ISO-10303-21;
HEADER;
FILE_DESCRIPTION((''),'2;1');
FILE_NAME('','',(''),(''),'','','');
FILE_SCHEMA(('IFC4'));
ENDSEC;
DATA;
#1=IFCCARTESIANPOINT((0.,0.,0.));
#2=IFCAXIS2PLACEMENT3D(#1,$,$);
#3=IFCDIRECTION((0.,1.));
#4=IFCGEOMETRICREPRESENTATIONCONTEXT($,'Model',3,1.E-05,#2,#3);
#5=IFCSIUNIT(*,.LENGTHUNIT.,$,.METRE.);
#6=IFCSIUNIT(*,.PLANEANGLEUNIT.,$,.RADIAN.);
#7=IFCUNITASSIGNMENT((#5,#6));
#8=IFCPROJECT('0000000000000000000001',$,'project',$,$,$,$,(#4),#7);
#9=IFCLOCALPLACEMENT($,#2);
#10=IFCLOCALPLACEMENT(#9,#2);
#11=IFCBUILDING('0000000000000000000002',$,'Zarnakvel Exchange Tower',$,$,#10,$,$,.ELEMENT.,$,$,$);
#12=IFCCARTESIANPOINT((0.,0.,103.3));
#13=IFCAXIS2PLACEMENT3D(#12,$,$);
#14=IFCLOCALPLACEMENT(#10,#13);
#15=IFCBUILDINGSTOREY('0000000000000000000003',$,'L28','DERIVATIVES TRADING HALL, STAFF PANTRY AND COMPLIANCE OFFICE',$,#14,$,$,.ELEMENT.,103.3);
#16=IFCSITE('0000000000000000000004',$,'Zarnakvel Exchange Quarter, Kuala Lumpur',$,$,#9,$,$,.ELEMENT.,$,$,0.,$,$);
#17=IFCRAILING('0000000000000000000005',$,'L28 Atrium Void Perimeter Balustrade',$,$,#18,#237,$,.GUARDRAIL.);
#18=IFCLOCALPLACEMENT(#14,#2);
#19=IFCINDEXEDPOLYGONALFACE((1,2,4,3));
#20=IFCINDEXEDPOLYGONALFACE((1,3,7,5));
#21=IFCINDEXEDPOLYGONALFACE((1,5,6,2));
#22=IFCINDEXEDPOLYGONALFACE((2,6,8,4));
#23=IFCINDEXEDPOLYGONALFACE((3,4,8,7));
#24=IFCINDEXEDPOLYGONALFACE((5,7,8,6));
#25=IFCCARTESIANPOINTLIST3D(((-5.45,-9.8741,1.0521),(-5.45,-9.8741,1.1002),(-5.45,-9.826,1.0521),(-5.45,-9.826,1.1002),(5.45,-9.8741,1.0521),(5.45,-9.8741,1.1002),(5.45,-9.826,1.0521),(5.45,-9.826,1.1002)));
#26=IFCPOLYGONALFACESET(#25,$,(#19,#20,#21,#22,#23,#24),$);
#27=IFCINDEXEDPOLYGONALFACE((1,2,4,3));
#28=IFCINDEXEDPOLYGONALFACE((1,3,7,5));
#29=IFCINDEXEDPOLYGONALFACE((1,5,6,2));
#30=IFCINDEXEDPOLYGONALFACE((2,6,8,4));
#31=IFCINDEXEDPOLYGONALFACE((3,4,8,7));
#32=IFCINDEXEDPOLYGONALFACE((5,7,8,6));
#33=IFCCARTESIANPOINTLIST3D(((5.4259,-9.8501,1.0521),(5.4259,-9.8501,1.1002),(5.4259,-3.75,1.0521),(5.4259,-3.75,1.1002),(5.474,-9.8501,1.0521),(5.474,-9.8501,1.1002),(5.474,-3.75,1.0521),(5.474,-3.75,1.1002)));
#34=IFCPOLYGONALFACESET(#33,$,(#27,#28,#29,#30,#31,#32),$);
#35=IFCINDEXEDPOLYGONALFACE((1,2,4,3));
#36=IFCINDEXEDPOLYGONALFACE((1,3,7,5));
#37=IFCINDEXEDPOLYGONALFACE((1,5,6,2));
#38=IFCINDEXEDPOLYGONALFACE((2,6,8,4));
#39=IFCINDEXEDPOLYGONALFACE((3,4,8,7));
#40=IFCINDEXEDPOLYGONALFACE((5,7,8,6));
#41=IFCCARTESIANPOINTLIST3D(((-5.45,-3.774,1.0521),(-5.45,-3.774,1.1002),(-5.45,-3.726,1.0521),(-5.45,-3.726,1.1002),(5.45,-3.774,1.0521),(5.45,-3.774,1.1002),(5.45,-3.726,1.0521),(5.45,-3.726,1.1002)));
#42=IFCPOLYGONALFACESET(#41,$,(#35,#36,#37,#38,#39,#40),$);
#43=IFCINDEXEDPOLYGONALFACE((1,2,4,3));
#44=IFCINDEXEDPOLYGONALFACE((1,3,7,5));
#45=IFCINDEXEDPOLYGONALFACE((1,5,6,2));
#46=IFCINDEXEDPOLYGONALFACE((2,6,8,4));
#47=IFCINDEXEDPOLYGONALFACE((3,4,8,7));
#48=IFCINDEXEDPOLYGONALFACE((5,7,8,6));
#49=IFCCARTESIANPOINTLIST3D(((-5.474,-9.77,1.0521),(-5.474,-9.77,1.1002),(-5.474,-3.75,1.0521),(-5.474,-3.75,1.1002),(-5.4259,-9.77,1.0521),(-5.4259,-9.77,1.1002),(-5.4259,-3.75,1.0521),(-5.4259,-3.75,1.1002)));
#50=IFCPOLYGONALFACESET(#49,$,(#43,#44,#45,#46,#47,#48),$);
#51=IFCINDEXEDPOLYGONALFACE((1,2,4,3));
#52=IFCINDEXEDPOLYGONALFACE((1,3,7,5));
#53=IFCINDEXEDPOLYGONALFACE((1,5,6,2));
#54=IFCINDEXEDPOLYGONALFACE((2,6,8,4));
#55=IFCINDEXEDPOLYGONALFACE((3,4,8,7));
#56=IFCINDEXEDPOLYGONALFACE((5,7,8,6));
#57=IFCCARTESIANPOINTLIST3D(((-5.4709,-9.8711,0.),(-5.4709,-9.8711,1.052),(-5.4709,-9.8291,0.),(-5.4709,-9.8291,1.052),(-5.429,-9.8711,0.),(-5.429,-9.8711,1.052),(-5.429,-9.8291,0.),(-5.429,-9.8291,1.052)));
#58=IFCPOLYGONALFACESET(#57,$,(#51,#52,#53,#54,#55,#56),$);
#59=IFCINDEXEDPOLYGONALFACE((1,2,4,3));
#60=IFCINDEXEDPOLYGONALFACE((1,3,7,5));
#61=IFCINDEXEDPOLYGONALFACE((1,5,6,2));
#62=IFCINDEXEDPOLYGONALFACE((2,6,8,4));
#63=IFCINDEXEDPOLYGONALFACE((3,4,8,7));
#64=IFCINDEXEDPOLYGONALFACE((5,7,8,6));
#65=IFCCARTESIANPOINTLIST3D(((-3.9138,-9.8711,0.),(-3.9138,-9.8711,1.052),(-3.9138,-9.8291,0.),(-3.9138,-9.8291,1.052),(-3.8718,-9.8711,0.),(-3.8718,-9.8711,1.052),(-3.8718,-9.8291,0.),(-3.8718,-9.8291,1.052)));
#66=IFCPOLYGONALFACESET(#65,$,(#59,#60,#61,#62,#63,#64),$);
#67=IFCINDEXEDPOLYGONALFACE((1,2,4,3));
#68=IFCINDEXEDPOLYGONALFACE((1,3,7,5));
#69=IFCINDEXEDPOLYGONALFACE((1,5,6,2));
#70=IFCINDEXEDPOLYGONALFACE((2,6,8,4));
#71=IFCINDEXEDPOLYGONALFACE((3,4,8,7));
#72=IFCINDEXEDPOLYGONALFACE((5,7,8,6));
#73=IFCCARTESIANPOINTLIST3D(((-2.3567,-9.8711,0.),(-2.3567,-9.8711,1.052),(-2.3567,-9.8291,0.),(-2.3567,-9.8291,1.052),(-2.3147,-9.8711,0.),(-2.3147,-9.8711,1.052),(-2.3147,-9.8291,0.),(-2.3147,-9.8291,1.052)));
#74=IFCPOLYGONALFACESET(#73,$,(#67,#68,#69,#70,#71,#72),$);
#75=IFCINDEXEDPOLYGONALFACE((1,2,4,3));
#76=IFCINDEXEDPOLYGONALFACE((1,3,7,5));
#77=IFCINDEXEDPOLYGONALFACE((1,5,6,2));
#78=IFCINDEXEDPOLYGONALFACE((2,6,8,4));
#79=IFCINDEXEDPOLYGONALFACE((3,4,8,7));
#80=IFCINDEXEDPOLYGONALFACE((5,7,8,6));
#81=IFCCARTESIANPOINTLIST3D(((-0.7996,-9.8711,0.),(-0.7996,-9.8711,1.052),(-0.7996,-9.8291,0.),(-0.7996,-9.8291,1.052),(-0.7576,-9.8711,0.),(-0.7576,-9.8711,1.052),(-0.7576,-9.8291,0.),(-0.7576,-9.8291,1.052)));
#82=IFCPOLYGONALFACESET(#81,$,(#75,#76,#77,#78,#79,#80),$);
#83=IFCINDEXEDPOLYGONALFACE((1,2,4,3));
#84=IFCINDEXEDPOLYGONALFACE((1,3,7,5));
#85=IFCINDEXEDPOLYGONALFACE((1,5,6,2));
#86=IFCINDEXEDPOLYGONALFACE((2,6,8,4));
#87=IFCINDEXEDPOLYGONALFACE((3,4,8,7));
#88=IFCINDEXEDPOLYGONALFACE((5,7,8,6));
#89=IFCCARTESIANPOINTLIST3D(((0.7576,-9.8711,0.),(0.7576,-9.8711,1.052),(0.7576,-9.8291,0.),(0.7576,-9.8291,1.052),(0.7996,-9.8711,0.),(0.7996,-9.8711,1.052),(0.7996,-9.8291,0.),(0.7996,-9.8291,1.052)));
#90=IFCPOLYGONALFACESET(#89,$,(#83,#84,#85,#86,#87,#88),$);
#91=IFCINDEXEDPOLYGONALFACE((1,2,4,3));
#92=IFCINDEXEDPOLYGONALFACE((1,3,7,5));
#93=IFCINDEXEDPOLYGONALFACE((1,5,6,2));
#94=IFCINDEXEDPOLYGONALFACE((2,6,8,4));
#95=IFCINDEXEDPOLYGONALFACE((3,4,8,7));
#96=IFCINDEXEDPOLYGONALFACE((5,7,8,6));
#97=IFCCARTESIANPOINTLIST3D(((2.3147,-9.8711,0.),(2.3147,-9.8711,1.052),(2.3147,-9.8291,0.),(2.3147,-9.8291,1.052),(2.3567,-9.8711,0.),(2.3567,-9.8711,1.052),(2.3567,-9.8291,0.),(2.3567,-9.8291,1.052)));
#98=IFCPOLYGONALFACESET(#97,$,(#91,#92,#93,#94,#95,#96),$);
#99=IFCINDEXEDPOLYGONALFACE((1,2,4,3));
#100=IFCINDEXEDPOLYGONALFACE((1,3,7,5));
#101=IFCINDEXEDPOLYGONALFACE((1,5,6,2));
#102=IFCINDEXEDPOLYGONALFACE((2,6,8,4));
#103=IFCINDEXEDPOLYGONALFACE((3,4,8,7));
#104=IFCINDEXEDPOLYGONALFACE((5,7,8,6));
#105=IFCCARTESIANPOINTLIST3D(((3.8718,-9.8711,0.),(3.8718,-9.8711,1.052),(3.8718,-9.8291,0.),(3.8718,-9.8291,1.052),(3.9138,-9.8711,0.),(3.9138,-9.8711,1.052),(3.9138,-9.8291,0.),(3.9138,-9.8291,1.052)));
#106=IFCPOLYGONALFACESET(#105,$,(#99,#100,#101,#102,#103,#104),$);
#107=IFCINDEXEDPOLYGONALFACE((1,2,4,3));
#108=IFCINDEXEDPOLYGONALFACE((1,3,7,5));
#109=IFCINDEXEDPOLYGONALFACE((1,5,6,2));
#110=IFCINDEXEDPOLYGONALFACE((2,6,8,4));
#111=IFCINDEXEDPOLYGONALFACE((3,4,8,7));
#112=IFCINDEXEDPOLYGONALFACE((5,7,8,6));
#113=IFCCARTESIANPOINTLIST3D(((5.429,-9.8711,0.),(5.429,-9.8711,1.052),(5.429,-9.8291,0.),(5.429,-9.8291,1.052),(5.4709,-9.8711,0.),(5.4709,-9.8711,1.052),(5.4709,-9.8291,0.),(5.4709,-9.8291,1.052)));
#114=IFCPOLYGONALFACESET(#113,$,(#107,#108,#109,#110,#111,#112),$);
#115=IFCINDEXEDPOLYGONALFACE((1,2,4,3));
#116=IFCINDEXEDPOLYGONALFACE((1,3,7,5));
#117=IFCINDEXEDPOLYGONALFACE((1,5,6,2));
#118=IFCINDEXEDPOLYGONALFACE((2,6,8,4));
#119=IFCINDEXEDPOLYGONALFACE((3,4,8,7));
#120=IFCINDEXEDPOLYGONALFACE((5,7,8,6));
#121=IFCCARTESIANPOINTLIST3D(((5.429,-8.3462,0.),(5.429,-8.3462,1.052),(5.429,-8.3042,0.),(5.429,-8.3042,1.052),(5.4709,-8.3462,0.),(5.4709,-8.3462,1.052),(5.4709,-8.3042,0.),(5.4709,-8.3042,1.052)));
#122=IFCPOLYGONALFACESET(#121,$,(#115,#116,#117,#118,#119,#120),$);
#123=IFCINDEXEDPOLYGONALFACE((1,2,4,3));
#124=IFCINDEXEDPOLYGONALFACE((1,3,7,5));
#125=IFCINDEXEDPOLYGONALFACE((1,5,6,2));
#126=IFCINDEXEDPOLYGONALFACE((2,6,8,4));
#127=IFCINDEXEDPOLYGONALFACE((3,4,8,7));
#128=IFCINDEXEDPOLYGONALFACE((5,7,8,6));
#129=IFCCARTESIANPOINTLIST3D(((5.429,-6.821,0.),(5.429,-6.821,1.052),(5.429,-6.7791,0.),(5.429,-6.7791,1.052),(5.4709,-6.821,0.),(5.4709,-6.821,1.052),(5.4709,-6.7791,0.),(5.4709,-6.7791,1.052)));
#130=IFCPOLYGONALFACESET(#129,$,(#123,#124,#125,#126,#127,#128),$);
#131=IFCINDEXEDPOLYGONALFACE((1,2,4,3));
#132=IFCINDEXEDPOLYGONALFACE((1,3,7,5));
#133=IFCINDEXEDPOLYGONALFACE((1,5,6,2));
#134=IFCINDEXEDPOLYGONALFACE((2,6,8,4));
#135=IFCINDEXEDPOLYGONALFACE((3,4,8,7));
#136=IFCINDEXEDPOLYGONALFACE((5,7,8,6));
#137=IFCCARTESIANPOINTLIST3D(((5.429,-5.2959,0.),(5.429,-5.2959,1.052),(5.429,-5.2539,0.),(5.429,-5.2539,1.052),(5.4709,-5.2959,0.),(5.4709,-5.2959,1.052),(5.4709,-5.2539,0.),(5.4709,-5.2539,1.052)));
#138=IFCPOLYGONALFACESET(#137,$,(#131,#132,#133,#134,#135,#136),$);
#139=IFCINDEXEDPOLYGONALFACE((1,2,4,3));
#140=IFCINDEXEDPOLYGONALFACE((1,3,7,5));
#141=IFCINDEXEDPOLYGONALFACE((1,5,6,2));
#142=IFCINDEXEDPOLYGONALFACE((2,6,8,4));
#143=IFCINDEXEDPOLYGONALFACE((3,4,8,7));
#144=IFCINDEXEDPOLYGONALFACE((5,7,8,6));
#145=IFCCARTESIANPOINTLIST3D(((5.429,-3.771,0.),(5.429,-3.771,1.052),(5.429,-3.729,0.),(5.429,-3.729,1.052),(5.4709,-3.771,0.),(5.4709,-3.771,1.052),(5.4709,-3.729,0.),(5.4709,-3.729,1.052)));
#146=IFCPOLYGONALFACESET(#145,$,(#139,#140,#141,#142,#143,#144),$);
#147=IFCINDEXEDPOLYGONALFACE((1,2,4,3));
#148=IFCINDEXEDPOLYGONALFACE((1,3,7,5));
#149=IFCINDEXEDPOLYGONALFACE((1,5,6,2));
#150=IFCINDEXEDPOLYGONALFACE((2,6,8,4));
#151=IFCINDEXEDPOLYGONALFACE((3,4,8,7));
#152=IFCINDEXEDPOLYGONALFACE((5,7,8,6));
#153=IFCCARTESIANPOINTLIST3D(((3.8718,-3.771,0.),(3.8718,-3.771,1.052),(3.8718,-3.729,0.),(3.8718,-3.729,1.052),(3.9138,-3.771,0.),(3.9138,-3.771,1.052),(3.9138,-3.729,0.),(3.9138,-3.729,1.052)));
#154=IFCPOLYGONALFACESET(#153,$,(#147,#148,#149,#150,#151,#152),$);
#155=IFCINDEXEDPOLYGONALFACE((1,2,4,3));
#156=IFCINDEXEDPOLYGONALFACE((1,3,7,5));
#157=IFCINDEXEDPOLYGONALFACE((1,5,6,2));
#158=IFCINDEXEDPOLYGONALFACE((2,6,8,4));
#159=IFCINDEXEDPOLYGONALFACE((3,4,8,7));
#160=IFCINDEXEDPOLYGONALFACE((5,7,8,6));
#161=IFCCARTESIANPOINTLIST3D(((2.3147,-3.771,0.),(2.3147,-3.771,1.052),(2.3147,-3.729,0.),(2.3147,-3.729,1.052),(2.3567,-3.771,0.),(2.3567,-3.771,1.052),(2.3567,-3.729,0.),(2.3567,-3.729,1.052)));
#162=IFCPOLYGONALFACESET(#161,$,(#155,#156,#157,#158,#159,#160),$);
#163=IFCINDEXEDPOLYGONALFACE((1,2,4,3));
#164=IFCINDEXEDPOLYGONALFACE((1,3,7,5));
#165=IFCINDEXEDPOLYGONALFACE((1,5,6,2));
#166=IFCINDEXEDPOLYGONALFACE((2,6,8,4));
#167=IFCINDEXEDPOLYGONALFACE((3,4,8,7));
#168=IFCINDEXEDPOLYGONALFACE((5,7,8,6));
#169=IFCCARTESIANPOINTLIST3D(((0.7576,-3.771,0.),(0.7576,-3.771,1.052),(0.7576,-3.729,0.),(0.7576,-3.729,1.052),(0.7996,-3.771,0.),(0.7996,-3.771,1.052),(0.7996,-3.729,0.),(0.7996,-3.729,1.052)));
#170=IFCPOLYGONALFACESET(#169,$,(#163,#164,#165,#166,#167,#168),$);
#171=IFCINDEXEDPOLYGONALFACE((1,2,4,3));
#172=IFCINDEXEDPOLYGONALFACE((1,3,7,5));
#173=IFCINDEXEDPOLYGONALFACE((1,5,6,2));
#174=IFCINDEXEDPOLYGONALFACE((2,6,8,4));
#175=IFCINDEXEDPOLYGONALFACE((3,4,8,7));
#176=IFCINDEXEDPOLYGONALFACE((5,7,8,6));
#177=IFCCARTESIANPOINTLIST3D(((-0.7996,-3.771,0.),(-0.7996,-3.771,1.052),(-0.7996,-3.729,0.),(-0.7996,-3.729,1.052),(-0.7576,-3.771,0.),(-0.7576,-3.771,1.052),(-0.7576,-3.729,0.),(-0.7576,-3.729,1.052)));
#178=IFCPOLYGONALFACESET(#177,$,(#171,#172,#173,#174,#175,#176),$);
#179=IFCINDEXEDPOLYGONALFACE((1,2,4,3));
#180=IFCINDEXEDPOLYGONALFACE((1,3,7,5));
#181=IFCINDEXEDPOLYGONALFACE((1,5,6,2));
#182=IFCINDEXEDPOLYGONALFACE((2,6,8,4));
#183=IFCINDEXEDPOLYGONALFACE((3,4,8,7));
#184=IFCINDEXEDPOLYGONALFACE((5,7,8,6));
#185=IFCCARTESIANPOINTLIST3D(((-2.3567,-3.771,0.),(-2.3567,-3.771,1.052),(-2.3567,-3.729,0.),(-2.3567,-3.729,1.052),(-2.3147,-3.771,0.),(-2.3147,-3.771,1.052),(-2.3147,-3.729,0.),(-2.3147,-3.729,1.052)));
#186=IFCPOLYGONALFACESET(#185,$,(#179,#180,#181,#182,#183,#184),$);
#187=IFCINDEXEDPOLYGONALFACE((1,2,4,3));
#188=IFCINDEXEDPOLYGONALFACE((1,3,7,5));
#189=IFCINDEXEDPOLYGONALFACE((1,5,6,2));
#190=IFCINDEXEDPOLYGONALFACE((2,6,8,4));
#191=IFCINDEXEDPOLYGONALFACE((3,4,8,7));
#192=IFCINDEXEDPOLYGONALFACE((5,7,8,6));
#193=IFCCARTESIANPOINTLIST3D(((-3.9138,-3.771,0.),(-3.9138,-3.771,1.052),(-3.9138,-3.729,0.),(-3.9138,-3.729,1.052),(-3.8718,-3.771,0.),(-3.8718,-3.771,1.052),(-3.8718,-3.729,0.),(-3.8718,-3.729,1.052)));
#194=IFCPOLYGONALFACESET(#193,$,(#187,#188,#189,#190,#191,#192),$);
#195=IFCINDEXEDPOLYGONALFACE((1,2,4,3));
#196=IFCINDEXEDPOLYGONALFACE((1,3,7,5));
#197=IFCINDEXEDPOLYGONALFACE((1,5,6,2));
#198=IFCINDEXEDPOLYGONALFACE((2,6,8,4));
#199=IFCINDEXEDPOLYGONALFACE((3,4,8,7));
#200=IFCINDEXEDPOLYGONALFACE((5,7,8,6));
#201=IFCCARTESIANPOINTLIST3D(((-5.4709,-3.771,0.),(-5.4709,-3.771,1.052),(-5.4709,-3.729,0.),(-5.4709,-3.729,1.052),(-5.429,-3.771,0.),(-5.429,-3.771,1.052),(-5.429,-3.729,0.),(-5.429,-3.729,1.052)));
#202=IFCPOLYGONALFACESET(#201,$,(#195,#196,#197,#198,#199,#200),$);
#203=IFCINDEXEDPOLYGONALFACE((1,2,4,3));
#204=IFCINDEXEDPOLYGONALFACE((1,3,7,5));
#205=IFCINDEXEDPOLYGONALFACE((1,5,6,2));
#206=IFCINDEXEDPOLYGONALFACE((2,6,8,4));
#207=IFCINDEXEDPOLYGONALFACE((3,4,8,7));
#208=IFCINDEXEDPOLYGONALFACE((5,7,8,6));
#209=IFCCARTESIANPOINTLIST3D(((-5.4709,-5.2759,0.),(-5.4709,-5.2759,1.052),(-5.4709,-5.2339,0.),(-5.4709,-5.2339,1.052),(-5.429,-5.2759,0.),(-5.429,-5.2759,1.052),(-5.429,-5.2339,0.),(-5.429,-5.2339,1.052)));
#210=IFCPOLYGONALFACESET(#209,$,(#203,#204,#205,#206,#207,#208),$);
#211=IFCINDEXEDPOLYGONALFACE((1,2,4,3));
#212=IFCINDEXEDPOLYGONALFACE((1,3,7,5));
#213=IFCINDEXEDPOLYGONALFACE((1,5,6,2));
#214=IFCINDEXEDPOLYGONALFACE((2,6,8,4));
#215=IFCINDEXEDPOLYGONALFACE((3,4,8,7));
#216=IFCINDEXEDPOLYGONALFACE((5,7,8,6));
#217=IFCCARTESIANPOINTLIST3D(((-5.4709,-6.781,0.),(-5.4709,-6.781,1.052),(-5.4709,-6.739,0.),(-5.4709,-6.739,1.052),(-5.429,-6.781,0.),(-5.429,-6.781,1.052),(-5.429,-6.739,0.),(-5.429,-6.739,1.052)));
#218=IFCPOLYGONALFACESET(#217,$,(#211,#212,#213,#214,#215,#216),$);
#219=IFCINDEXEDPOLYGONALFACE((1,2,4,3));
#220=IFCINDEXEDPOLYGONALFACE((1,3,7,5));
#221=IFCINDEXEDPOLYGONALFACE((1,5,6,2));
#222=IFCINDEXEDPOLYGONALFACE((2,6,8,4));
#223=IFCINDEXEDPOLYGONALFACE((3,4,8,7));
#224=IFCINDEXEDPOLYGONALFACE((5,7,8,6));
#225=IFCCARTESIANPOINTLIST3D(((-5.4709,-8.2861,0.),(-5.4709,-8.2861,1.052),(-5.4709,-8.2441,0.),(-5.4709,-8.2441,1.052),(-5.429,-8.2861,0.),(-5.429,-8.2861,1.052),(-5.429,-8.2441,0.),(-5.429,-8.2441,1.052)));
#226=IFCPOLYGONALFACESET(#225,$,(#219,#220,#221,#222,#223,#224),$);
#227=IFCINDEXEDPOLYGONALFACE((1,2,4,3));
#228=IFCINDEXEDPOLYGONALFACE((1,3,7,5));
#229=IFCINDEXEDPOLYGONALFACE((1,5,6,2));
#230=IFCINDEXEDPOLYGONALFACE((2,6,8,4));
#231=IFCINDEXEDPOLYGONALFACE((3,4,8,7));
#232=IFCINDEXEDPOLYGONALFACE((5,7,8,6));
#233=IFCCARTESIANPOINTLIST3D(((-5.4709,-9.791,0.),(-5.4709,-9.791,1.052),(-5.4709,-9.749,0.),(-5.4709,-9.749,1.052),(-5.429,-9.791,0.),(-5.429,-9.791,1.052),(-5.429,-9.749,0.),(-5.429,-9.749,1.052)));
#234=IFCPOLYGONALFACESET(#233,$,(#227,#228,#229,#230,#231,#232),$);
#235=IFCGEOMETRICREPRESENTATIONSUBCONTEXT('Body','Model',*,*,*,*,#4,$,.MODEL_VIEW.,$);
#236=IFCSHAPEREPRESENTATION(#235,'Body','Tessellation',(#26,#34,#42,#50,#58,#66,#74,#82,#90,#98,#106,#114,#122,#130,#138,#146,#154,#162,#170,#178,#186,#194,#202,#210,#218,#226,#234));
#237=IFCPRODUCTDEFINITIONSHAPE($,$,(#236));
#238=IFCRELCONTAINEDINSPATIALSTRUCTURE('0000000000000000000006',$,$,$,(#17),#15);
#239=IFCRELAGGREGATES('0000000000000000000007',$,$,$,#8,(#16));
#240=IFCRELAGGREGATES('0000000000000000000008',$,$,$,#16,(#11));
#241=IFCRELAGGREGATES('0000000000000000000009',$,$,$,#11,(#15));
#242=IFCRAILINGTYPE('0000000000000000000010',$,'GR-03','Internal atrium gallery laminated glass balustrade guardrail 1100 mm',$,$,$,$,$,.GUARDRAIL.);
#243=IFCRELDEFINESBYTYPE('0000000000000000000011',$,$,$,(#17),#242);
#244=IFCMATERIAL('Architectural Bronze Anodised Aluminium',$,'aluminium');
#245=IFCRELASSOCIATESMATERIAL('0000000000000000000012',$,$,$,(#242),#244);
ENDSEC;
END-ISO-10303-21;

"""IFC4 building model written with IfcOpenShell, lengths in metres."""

from ifc_helpers import new_model, si_unit, direction, frame, origin, origin_2d, place, context, subcontext, project, spatial, rectangle, extrude, material, type_object, element, save


model = new_model("IFC4")

# Units and contexts
model_context = context("Model", 3, precision=1e-05, world=origin(), true_north=direction((0.0, 1.0)))
body_context = subcontext(model_context, "Body", "Model", "MODEL_VIEW")
ifc_project = project(units=[si_unit("LENGTHUNIT", "METRE"), si_unit("PLANEANGLEUNIT", "RADIAN")], contexts=[model_context])

# Site, building, storey
site_placement = place(None, origin())
site = spatial("IfcSite", under=ifc_project, at=site_placement, Name="Zarnakvel Exchange Quarter, Kuala Lumpur", CompositionType="ELEMENT", RefElevation=0.0)
building_placement = place(site_placement, origin())
building = spatial("IfcBuilding", under=site, at=building_placement, Name="Zarnakvel Exchange Tower", CompositionType="ELEMENT")
storey_placement = place(building_placement, frame((0.0, 0.0, 103.3)))
storey = spatial("IfcBuildingStorey", under=building, at=storey_placement, Name="L28", Description="DERIVATIVES TRADING HALL, STAFF PANTRY AND COMPLIANCE OFFICE", CompositionType="ELEMENT", Elevation=103.3)

# Railing
ifc_material_1 = material(Name="Architectural Bronze Anodised Aluminium", Category="aluminium")
railing_type = type_object("IfcRailingType", Name="GR-03", Description="Internal atrium gallery laminated glass balustrade guardrail 1100 mm", PredefinedType="GUARDRAIL", material=ifc_material_1)
railing_placement = place(storey_placement, frame((-5.45, -9.8501, 0.0)))
element("IfcRailing", 1, at=railing_placement, inside=storey, type_object=railing_type, Name="L28 Atrium Void Perimeter Balustrade", PredefinedType="GUARDRAIL", context=body_context, shape_type="SweptSolid", body=[
    extrude(rectangle(XDim=0.0481, YDim=0.0481, at=origin_2d()), frame((0.0, 0.0, 1.0762), z_axis=(1.0, 0.0, 0.0), x_axis=(0.0, 1.0, 0.0)), (0.0, 0.0, 1.0), 10.8999),
    extrude(rectangle(XDim=0.0481, YDim=0.0481, at=origin_2d()), frame((10.8999, 0.0, 1.0762), z_axis=(0.0, 1.0, 0.0), x_axis=(-1.0, 0.0, 0.0)), (0.0, 0.0, 1.0), 6.1001),
    extrude(rectangle(XDim=0.0481, YDim=0.0481, at=origin_2d()), frame((10.8999, 6.1001, 1.0762), z_axis=(-1.0, 0.0, 0.0), x_axis=(0.0, -1.0, 0.0)), (0.0, 0.0, 1.0), 10.8999),
    extrude(rectangle(XDim=0.0481, YDim=0.0481, at=origin_2d()), frame((0.0, 6.1001, 1.0762), z_axis=(0.0, -1.0, 0.0), x_axis=(1.0, 0.0, 0.0)), (0.0, 0.0, 1.0), 6.02),
    extrude(rectangle(XDim=0.042, YDim=0.042, at=origin_2d()), origin(), (0.0, 0.0, 1.0), 1.052),
    extrude(rectangle(XDim=0.042, YDim=0.042, at=origin_2d()), frame((1.5571, 0.0, 0.0)), (0.0, 0.0, 1.0), 1.052),
    extrude(rectangle(XDim=0.042, YDim=0.042, at=origin_2d()), frame((3.1143, 0.0, 0.0)), (0.0, 0.0, 1.0), 1.052),
    extrude(rectangle(XDim=0.042, YDim=0.042, at=origin_2d()), frame((4.6714, 0.0, 0.0)), (0.0, 0.0, 1.0), 1.052),
    extrude(rectangle(XDim=0.042, YDim=0.042, at=origin_2d()), frame((6.2285, 0.0, 0.0)), (0.0, 0.0, 1.0), 1.052),
    extrude(rectangle(XDim=0.042, YDim=0.042, at=origin_2d()), frame((7.7856, 0.0, 0.0)), (0.0, 0.0, 1.0), 1.052),
    extrude(rectangle(XDim=0.042, YDim=0.042, at=origin_2d()), frame((9.3428, 0.0, 0.0)), (0.0, 0.0, 1.0), 1.052),
    extrude(rectangle(XDim=0.042, YDim=0.042, at=origin_2d()), frame((10.8999, 0.0, 0.0)), (0.0, 0.0, 1.0), 1.052),
    extrude(rectangle(XDim=0.042, YDim=0.042, at=origin_2d()), frame((10.8999, 1.5249, 0.0)), (0.0, 0.0, 1.0), 1.052),
    extrude(rectangle(XDim=0.042, YDim=0.042, at=origin_2d()), frame((10.8999, 3.05, 0.0)), (0.0, 0.0, 1.0), 1.052),
    extrude(rectangle(XDim=0.042, YDim=0.042, at=origin_2d()), frame((10.8999, 4.5752, 0.0)), (0.0, 0.0, 1.0), 1.052),
    extrude(rectangle(XDim=0.042, YDim=0.042, at=origin_2d()), frame((10.8999, 6.1001, 0.0)), (0.0, 0.0, 1.0), 1.052),
    extrude(rectangle(XDim=0.042, YDim=0.042, at=origin_2d()), frame((9.3428, 6.1001, 0.0)), (0.0, 0.0, 1.0), 1.052),
    extrude(rectangle(XDim=0.042, YDim=0.042, at=origin_2d()), frame((7.7856, 6.1001, 0.0)), (0.0, 0.0, 1.0), 1.052),
    extrude(rectangle(XDim=0.042, YDim=0.042, at=origin_2d()), frame((6.2285, 6.1001, 0.0)), (0.0, 0.0, 1.0), 1.052),
    extrude(rectangle(XDim=0.042, YDim=0.042, at=origin_2d()), frame((4.6714, 6.1001, 0.0)), (0.0, 0.0, 1.0), 1.052),
    extrude(rectangle(XDim=0.042, YDim=0.042, at=origin_2d()), frame((3.1143, 6.1001, 0.0)), (0.0, 0.0, 1.0), 1.052),
    extrude(rectangle(XDim=0.042, YDim=0.042, at=origin_2d()), frame((1.5571, 6.1001, 0.0)), (0.0, 0.0, 1.0), 1.052),
    extrude(rectangle(XDim=0.042, YDim=0.042, at=origin_2d()), frame((0.0, 6.1001, 0.0)), (0.0, 0.0, 1.0), 1.052),
    extrude(rectangle(XDim=0.042, YDim=0.042, at=origin_2d()), frame((0.0, 4.5952, 0.0)), (0.0, 0.0, 1.0), 1.052),
    extrude(rectangle(XDim=0.042, YDim=0.042, at=origin_2d()), frame((0.0, 3.0901, 0.0)), (0.0, 0.0, 1.0), 1.052),
    extrude(rectangle(XDim=0.042, YDim=0.042, at=origin_2d()), frame((0.0, 1.585, 0.0)), (0.0, 0.0, 1.0), 1.052),
    extrude(rectangle(XDim=0.042, YDim=0.042, at=origin_2d()), frame((0.0, 0.0801, 0.0)), (0.0, 0.0, 1.0), 1.052),
])

save(model, "model.ifc")
